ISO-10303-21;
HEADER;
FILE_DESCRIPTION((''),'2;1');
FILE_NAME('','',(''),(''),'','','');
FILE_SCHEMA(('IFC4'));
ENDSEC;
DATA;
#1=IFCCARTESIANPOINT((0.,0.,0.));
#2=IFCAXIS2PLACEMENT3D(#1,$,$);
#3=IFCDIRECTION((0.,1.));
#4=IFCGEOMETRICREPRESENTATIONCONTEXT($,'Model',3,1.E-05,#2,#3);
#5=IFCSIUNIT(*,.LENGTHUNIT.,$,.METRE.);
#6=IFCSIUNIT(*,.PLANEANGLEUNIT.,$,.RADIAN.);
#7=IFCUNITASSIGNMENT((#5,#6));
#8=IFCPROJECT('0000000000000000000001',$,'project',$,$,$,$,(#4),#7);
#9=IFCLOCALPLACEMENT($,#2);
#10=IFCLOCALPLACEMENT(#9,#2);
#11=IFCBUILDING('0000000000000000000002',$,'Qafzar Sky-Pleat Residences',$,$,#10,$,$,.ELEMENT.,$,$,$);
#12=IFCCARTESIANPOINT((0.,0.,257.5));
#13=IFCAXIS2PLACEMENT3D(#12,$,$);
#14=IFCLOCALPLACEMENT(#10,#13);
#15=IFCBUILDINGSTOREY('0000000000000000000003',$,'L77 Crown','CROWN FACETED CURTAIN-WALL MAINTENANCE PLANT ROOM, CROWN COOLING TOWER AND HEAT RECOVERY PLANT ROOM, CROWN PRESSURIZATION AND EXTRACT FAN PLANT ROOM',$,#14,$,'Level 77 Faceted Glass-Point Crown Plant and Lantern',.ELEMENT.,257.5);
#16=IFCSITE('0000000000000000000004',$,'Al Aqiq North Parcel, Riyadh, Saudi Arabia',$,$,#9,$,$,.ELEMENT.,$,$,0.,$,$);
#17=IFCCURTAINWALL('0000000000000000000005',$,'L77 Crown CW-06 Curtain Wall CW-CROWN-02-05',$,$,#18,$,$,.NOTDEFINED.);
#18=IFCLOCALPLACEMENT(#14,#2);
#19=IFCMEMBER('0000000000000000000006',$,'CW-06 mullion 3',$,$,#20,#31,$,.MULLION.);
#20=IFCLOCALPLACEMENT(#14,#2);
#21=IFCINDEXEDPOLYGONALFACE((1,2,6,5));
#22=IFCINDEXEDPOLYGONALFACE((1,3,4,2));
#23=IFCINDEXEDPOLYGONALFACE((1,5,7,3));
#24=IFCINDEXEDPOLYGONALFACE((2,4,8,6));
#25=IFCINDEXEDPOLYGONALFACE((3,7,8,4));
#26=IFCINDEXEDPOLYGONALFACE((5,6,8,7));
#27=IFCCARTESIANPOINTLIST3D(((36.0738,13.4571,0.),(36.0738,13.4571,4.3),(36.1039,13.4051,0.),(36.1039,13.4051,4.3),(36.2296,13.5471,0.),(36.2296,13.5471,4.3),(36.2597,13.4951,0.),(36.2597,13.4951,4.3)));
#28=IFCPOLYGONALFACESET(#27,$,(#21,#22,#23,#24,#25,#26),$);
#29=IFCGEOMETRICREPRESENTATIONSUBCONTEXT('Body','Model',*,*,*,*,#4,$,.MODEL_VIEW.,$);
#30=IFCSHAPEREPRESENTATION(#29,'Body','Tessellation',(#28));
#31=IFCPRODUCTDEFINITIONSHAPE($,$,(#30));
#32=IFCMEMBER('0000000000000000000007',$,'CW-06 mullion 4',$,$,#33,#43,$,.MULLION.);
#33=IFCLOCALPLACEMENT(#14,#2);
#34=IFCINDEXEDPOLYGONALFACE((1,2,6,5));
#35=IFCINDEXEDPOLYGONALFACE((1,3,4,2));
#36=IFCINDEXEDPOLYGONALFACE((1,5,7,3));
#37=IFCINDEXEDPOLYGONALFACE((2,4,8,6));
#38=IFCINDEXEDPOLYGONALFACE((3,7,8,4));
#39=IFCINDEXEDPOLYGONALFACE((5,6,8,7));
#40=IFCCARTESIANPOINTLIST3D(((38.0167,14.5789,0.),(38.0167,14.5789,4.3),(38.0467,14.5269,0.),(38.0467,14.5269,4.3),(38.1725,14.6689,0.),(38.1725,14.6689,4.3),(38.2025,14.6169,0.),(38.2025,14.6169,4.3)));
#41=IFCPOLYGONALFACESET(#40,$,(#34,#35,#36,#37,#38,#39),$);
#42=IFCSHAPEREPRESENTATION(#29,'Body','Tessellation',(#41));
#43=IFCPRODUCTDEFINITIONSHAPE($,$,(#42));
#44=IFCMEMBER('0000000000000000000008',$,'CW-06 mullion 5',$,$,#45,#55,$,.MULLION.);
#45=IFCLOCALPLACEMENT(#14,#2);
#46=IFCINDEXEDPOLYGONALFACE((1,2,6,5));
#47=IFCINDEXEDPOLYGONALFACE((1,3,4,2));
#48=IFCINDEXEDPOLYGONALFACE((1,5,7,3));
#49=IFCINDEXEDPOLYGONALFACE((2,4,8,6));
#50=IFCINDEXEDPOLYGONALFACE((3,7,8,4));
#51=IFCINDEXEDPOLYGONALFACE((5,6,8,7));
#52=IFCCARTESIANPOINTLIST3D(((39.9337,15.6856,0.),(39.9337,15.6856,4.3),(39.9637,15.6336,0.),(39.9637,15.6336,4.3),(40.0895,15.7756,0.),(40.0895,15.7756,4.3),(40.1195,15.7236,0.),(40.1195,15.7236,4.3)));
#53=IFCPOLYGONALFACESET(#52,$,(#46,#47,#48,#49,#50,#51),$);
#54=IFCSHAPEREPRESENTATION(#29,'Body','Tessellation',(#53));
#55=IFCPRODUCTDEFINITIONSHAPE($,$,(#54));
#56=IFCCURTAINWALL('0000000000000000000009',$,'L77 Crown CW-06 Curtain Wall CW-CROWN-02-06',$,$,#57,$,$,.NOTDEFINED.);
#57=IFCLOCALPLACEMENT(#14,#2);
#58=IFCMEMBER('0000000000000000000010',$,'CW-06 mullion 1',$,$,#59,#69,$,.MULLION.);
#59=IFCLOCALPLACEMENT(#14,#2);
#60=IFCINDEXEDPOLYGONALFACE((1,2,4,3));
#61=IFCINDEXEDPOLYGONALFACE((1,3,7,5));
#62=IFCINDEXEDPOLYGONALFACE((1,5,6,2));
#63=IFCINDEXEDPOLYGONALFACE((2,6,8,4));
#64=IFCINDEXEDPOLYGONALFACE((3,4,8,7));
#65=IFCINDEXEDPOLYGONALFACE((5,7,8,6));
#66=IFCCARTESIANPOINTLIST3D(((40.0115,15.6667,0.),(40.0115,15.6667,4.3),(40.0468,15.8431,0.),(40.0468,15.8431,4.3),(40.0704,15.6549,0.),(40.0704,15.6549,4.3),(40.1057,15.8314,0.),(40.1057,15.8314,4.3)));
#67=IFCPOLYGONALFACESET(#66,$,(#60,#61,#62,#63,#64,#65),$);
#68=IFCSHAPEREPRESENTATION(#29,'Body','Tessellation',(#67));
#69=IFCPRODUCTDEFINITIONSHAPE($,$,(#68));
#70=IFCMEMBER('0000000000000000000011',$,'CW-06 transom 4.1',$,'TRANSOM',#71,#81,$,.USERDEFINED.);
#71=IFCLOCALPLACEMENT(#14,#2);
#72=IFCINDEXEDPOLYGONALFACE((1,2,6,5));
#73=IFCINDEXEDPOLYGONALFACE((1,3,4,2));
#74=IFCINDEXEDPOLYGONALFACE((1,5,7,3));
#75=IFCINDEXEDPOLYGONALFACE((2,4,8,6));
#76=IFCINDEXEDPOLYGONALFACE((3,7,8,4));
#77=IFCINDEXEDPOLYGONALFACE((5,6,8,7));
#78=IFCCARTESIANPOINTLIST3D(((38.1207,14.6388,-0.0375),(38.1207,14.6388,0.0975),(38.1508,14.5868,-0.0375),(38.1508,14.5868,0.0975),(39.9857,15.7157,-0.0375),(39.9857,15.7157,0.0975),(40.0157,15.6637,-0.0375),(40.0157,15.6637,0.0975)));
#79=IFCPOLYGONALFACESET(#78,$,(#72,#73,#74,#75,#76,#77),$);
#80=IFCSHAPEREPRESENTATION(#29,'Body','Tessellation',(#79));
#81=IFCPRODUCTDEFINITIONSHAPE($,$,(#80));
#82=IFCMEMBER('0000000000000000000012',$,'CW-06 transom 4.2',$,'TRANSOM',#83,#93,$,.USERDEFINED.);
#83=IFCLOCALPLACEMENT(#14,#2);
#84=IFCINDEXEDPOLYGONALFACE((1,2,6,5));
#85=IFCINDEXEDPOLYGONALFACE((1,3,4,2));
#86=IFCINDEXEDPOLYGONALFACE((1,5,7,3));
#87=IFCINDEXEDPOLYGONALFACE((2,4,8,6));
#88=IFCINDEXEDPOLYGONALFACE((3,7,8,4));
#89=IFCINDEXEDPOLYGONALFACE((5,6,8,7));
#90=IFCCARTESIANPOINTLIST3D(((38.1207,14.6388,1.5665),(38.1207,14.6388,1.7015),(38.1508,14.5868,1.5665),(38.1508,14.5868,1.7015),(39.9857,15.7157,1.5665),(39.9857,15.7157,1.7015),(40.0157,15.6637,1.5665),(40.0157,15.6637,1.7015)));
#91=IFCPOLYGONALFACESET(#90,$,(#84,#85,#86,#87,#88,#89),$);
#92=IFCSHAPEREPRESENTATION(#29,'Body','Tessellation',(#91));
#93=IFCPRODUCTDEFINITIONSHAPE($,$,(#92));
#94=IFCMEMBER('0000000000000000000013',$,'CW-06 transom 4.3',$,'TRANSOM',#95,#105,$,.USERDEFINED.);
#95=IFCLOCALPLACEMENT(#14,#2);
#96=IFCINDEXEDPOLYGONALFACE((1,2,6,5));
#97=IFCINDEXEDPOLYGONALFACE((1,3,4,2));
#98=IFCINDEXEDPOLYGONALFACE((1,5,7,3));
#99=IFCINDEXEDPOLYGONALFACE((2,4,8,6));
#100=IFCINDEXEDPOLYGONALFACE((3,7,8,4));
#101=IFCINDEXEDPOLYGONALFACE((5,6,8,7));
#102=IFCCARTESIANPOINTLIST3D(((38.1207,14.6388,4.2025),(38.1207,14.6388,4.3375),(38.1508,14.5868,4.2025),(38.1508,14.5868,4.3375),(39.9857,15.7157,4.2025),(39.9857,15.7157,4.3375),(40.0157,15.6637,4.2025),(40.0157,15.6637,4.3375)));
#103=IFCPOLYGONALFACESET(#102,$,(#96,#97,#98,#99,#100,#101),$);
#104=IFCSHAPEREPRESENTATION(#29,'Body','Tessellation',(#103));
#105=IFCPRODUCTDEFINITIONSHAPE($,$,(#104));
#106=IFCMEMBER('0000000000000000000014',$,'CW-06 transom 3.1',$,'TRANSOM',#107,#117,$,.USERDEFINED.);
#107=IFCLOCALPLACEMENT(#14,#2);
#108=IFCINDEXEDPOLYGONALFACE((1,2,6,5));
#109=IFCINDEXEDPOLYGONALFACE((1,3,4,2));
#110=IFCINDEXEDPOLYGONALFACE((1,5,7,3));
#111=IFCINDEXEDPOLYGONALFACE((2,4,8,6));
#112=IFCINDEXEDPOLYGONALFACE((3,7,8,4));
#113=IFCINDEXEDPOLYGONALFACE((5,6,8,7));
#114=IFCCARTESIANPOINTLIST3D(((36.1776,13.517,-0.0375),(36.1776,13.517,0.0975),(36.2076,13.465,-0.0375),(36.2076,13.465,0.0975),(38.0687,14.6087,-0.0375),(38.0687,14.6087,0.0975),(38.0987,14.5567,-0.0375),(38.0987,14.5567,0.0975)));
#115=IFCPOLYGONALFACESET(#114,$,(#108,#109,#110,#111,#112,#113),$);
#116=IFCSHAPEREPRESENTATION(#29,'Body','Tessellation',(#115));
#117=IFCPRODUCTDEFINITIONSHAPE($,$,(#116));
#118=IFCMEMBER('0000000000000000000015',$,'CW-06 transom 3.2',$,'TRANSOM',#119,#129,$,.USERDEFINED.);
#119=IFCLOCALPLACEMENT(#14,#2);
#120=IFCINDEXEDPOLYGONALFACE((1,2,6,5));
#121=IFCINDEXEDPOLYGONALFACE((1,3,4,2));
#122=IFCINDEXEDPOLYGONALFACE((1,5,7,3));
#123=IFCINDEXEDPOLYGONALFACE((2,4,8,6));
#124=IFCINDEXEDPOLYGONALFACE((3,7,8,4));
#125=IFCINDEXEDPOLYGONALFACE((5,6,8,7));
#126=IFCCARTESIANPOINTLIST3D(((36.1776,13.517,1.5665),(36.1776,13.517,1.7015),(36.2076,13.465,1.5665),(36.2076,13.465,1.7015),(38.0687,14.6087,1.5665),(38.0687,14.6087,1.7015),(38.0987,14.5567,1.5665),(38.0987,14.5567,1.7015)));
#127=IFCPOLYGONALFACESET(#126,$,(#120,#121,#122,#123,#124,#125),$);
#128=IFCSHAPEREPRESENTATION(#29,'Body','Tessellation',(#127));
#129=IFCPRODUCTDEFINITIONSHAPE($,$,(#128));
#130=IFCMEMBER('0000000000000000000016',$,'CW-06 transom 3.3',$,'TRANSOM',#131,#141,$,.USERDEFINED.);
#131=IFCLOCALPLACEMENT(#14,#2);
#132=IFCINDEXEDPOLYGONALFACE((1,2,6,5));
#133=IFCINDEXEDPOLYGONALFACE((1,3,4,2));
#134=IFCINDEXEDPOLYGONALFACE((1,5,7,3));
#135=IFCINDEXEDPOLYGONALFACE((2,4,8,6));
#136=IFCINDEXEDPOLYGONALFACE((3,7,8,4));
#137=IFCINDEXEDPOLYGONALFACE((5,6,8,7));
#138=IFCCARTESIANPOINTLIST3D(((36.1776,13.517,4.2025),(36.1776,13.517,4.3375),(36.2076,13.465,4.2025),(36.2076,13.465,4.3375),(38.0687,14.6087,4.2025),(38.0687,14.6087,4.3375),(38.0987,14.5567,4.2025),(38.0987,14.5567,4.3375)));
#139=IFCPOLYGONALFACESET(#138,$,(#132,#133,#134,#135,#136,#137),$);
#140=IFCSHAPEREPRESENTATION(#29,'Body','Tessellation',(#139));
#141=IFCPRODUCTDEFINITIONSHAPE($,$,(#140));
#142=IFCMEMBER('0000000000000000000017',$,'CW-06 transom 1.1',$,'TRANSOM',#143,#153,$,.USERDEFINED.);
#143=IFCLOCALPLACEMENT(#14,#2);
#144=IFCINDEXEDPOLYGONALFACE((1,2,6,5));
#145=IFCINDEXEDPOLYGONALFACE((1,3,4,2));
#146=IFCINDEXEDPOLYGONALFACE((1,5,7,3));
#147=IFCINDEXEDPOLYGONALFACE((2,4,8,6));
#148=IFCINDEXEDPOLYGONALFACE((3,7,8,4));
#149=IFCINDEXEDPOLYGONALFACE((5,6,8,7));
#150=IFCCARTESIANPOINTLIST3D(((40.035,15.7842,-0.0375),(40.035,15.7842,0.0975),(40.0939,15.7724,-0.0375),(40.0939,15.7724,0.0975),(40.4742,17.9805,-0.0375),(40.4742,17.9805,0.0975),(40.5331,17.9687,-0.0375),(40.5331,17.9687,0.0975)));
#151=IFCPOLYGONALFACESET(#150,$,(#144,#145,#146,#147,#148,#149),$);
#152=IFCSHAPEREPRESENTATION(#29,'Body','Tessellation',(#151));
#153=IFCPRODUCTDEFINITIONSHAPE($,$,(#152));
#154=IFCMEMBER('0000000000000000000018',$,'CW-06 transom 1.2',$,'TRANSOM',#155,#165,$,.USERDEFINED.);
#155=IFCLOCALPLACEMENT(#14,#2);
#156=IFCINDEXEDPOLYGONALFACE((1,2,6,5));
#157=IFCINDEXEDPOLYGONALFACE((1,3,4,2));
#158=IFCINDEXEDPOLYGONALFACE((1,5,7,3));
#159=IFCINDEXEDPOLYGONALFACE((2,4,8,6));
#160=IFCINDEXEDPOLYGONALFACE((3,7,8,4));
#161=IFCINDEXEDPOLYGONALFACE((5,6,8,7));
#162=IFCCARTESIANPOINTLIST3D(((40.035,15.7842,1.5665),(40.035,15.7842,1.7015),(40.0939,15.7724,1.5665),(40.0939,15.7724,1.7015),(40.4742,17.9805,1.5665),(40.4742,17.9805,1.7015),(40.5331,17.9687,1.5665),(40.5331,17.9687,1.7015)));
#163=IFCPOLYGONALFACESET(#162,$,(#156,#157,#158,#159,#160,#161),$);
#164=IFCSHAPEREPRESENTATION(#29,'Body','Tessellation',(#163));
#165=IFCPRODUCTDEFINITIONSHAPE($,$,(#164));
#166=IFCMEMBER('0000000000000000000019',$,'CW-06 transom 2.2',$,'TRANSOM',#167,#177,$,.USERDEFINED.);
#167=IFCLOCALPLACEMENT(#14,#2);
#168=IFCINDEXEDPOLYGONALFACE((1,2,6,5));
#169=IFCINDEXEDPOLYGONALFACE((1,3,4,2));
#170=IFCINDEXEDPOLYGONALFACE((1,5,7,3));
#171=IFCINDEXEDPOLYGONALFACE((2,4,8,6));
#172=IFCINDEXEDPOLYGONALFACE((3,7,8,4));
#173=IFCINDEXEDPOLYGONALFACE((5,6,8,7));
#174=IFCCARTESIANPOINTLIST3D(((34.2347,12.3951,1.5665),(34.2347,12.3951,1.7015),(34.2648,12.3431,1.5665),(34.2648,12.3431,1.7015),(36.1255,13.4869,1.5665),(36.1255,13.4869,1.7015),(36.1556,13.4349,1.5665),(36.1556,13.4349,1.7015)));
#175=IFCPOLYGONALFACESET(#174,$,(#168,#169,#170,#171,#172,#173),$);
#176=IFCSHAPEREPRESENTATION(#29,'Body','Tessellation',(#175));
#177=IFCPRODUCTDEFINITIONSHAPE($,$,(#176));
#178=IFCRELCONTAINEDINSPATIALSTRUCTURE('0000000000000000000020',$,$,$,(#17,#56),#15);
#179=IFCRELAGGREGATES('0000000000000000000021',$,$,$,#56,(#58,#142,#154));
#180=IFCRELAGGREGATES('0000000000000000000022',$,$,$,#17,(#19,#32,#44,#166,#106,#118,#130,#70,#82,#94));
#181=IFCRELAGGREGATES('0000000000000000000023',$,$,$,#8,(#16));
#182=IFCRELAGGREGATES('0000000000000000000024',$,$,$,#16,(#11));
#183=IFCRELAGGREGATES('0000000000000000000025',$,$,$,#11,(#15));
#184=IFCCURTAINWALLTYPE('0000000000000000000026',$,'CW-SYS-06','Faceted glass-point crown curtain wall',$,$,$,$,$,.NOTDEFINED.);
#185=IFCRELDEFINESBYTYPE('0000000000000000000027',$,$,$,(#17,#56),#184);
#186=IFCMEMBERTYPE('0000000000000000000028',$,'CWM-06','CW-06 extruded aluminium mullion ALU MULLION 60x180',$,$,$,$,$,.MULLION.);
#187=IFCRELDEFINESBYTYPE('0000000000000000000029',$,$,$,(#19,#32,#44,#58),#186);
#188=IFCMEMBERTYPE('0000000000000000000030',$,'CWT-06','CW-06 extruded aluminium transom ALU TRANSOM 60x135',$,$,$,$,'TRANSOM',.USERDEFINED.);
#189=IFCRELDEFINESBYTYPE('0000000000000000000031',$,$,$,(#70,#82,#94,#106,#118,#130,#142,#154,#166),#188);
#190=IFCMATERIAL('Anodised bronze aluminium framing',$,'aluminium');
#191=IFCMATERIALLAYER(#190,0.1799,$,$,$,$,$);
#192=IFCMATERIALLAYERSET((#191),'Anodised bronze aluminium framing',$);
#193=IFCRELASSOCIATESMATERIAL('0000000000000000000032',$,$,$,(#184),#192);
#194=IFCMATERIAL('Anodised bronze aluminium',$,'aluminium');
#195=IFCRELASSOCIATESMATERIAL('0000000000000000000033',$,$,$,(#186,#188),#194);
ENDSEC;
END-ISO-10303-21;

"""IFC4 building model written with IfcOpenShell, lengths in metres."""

from ifc_helpers import new_model, si_unit, direction, frame, origin, origin_2d, place, context, subcontext, project, spatial, rectangle, extrude, source, transform, mapped, material, layer, layer_set, material_profile, profile_set, type_object, element, aggregate, save


model = new_model("IFC4")

# Units and contexts
model_context = context("Model", 3, precision=1e-05, world=origin(), true_north=direction((0.0, 1.0)))
body_context = subcontext(model_context, "Body", "Model", "MODEL_VIEW")
ifc_project = project(units=[si_unit("LENGTHUNIT", "METRE"), si_unit("PLANEANGLEUNIT", "RADIAN")], contexts=[model_context])

# Site, building, storey
site_placement = place(None, origin())
site = spatial("IfcSite", under=ifc_project, at=site_placement, Name="Al Aqiq North Parcel, Riyadh, Saudi Arabia", CompositionType="ELEMENT", RefElevation=0.0)
building_placement = place(site_placement, origin())
building = spatial("IfcBuilding", under=site, at=building_placement, Name="Qafzar Sky-Pleat Residences", CompositionType="ELEMENT")
storey_placement = place(building_placement, frame((0.0, 0.0, 257.5)))
storey = spatial("IfcBuildingStorey", under=building, at=storey_placement, Name="L77 Crown", Description="CROWN FACETED CURTAIN-WALL MAINTENANCE PLANT ROOM, CROWN COOLING TOWER AND HEAT RECOVERY PLANT ROOM, CROWN PRESSURIZATION AND EXTRACT FAN PLANT ROOM", LongName="Level 77 Faceted Glass-Point Crown Plant and Lantern", CompositionType="ELEMENT", Elevation=257.5)

# Curtain wall, members
ifc_material_1 = material(Name="Anodised bronze aluminium framing", Category="aluminium")
ifc_layer_1 = layer(ifc_material_1, 0.1799)
ifc_layer_set_1 = layer_set([ifc_layer_1], Name="Anodised bronze aluminium framing")
curtain_wall_type = type_object("IfcCurtainWallType", Name="CW-SYS-06", Description="Faceted glass-point crown curtain wall", PredefinedType="NOTDEFINED", material=ifc_layer_set_1)
curtain_wall_1_placement = place(storey_placement, origin())
curtain_wall_1 = element("IfcCurtainWall", 1, at=curtain_wall_1_placement, inside=storey, type_object=curtain_wall_type, Name="L77 Crown CW-06 Curtain Wall CW-CROWN-02-05", PredefinedType="NOTDEFINED")
ifc_material_2 = material(Name="Anodised bronze aluminium", Category="aluminium")
ifc_material_profile_1 = material_profile(ifc_material_2, rectangle(XDim=0.0601, YDim=0.1799, at=origin_2d()), Name="ALU MULLION 60x180")
ifc_profile_set_1 = profile_set([ifc_material_profile_1], Name="Anodised bronze aluminium")
member_type_1 = type_object("IfcMemberType", Name="CWM-06", Description="CW-06 extruded aluminium mullion ALU MULLION 60x180", PredefinedType="MULLION", material=ifc_profile_set_1)
shared_shape_1 = source(origin(), body_context, "Body", "SweptSolid", [
    extrude(rectangle(XDim=0.0601, YDim=0.1799, at=origin_2d()), origin(), (0.0, 0.0, 1.0), 4.3),
])
member_1_placement = place(storey_placement, frame((36.1667, 13.4761, 0.0), z_axis=(0.0, 0.0, 1.0), x_axis=(-0.500003, 0.866024, 0.0)))
member_1 = element("IfcMember", 2, at=member_1_placement, type_object=member_type_1, Name="CW-06 mullion 3", PredefinedType="MULLION", context=body_context, shape_type="MappedRepresentation", body=[
    mapped(shared_shape_1, transform((0.0, 0.0, 0.0), x_axis=(1.0, 0.0, 0.0), y_axis=(0.0, 1.0, 0.0), z_axis=(0.0, 0.0, 1.0), scale=1.0)),
])
member_2_placement = place(storey_placement, frame((38.1096, 14.5979, 0.0), z_axis=(0.0, 0.0, 1.0), x_axis=(-0.500003, 0.866024, 0.0)))
member_2 = element("IfcMember", 3, at=member_2_placement, type_object=member_type_1, Name="CW-06 mullion 4", PredefinedType="MULLION", context=body_context, shape_type="MappedRepresentation", body=[
    mapped(shared_shape_1, transform((0.0, 0.0, 0.0), x_axis=(1.0, 0.0, 0.0), y_axis=(0.0, 1.0, 0.0), z_axis=(0.0, 0.0, 1.0), scale=1.0)),
])
member_3_placement = place(storey_placement, frame((40.0266, 15.7046, 0.0), z_axis=(0.0, 0.0, 1.0), x_axis=(-0.500003, 0.866024, 0.0)))
member_3 = element("IfcMember", 4, at=member_3_placement, type_object=member_type_1, Name="CW-06 mullion 5", PredefinedType="MULLION", context=body_context, shape_type="MappedRepresentation", body=[
    mapped(shared_shape_1, transform((0.0, 0.0, 0.0), x_axis=(1.0, 0.0, 0.0), y_axis=(0.0, 1.0, 0.0), z_axis=(0.0, 0.0, 1.0), scale=1.0)),
])

# Curtain wall, member
curtain_wall_2_placement = place(storey_placement, origin())
curtain_wall_2 = element("IfcCurtainWall", 5, at=curtain_wall_2_placement, inside=storey, type_object=curtain_wall_type, Name="L77 Crown CW-06 Curtain Wall CW-CROWN-02-06", PredefinedType="NOTDEFINED")
member_4_placement = place(storey_placement, frame((40.0586, 15.749, 0.0), z_axis=(0.0, 0.0, 1.0), x_axis=(-0.980578, 0.196127, 0.0)))
member_4 = element("IfcMember", 6, at=member_4_placement, type_object=member_type_1, Name="CW-06 mullion 1", PredefinedType="MULLION", context=body_context, shape_type="MappedRepresentation", body=[
    mapped(shared_shape_1, transform((0.0, 0.0, 0.0), x_axis=(1.0, 0.0, 0.0), y_axis=(0.0, 1.0, 0.0), z_axis=(0.0, 0.0, 1.0), scale=1.0)),
])

# Members
ifc_material_profile_2 = material_profile(ifc_material_2, rectangle(XDim=0.0601, YDim=0.135, at=origin_2d()), Name="ALU TRANSOM 60x135")
ifc_profile_set_2 = profile_set([ifc_material_profile_2], Name="Anodised bronze aluminium")
member_type_2 = type_object("IfcMemberType", Name="CWT-06", Description="CW-06 extruded aluminium transom ALU TRANSOM 60x135", ElementType="TRANSOM", PredefinedType="USERDEFINED", material=ifc_profile_set_2)
shared_shape_2 = source(origin(), body_context, "Body", "SweptSolid", [
    extrude(rectangle(XDim=0.0601, YDim=0.135, at=origin_2d()), origin(), (0.0, 0.0, 1.0), 2.1536),
])
member_5_placement = place(storey_placement, frame((38.1357, 14.6128, 0.03), z_axis=(0.865995, 0.500053, 0.0), x_axis=(-0.500053, 0.865995, 0.0)))
member_5 = element("IfcMember", 7, at=member_5_placement, type_object=member_type_2, Name="CW-06 transom 4.1", ObjectType="TRANSOM", PredefinedType="USERDEFINED", context=body_context, shape_type="MappedRepresentation", body=[
    mapped(shared_shape_2, transform((0.0, 0.0, 0.0), x_axis=(1.0, 0.0, 0.0), y_axis=(0.0, 1.0, 0.0), z_axis=(0.0, 0.0, 1.0), scale=1.0)),
])
member_6_placement = place(storey_placement, frame((38.1357, 14.6128, 1.634), z_axis=(0.865995, 0.500053, 0.0), x_axis=(-0.500053, 0.865995, 0.0)))
member_6 = element("IfcMember", 8, at=member_6_placement, type_object=member_type_2, Name="CW-06 transom 4.2", ObjectType="TRANSOM", PredefinedType="USERDEFINED", context=body_context, shape_type="MappedRepresentation", body=[
    mapped(shared_shape_2, transform((0.0, 0.0, 0.0), x_axis=(1.0, 0.0, 0.0), y_axis=(0.0, 1.0, 0.0), z_axis=(0.0, 0.0, 1.0), scale=1.0)),
])
member_7_placement = place(storey_placement, frame((38.1357, 14.6128, 4.27), z_axis=(0.865995, 0.500053, 0.0), x_axis=(-0.500053, 0.865995, 0.0)))
member_7 = element("IfcMember", 9, at=member_7_placement, type_object=member_type_2, Name="CW-06 transom 4.3", ObjectType="TRANSOM", PredefinedType="USERDEFINED", context=body_context, shape_type="MappedRepresentation", body=[
    mapped(shared_shape_2, transform((0.0, 0.0, 0.0), x_axis=(1.0, 0.0, 0.0), y_axis=(0.0, 1.0, 0.0), z_axis=(0.0, 0.0, 1.0), scale=1.0)),
])
shared_shape_3 = source(origin(), body_context, "Body", "SweptSolid", [
    extrude(rectangle(XDim=0.0601, YDim=0.135, at=origin_2d()), origin(), (0.0, 0.0, 1.0), 2.1836),
])
member_8_placement = place(storey_placement, frame((36.1926, 13.491, 0.03), z_axis=(0.866033, 0.499987, 0.0), x_axis=(-0.499987, 0.866033, 0.0)))
member_8 = element("IfcMember", 10, at=member_8_placement, type_object=member_type_2, Name="CW-06 transom 3.1", ObjectType="TRANSOM", PredefinedType="USERDEFINED", context=body_context, shape_type="MappedRepresentation", body=[
    mapped(shared_shape_3, transform((0.0, 0.0, 0.0), x_axis=(1.0, 0.0, 0.0), y_axis=(0.0, 1.0, 0.0), z_axis=(0.0, 0.0, 1.0), scale=1.0)),
])
member_9_placement = place(storey_placement, frame((36.1926, 13.491, 1.634), z_axis=(0.866033, 0.499987, 0.0), x_axis=(-0.499987, 0.866033, 0.0)))
member_9 = element("IfcMember", 11, at=member_9_placement, type_object=member_type_2, Name="CW-06 transom 3.2", ObjectType="TRANSOM", PredefinedType="USERDEFINED", context=body_context, shape_type="MappedRepresentation", body=[
    mapped(shared_shape_3, transform((0.0, 0.0, 0.0), x_axis=(1.0, 0.0, 0.0), y_axis=(0.0, 1.0, 0.0), z_axis=(0.0, 0.0, 1.0), scale=1.0)),
])
member_10_placement = place(storey_placement, frame((36.1926, 13.491, 4.27), z_axis=(0.866033, 0.499987, 0.0), x_axis=(-0.499987, 0.866033, 0.0)))
member_10 = element("IfcMember", 12, at=member_10_placement, type_object=member_type_2, Name="CW-06 transom 3.3", ObjectType="TRANSOM", PredefinedType="USERDEFINED", context=body_context, shape_type="MappedRepresentation", body=[
    mapped(shared_shape_3, transform((0.0, 0.0, 0.0), x_axis=(1.0, 0.0, 0.0), y_axis=(0.0, 1.0, 0.0), z_axis=(0.0, 0.0, 1.0), scale=1.0)),
])
shared_shape_4 = source(origin(), body_context, "Body", "SweptSolid", [
    extrude(rectangle(XDim=0.0601, YDim=0.135, at=origin_2d()), origin(), (0.0, 0.0, 1.0), 2.2397),
])
member_11_placement = place(storey_placement, frame((40.0645, 15.7783, 0.03), z_axis=(0.196095, 0.980585, 0.0), x_axis=(-0.980585, 0.196095, 0.0)))
member_11 = element("IfcMember", 13, at=member_11_placement, type_object=member_type_2, Name="CW-06 transom 1.1", ObjectType="TRANSOM", PredefinedType="USERDEFINED", context=body_context, shape_type="MappedRepresentation", body=[
    mapped(shared_shape_4, transform((0.0, 0.0, 0.0), x_axis=(1.0, 0.0, 0.0), y_axis=(0.0, 1.0, 0.0), z_axis=(0.0, 0.0, 1.0), scale=1.0)),
])
member_12_placement = place(storey_placement, frame((40.0645, 15.7783, 1.634), z_axis=(0.196095, 0.980585, 0.0), x_axis=(-0.980585, 0.196095, 0.0)))
member_12 = element("IfcMember", 14, at=member_12_placement, type_object=member_type_2, Name="CW-06 transom 1.2", ObjectType="TRANSOM", PredefinedType="USERDEFINED", context=body_context, shape_type="MappedRepresentation", body=[
    mapped(shared_shape_4, transform((0.0, 0.0, 0.0), x_axis=(1.0, 0.0, 0.0), y_axis=(0.0, 1.0, 0.0), z_axis=(0.0, 0.0, 1.0), scale=1.0)),
])
aggregate(curtain_wall_2, [member_4, member_11, member_12])
shared_shape_5 = source(origin(), body_context, "Body", "SweptSolid", [
    extrude(rectangle(XDim=0.0601, YDim=0.135, at=origin_2d()), origin(), (0.0, 0.0, 1.0), 2.1833),
])
member_13_placement = place(storey_placement, frame((34.2498, 12.3691, 1.634), z_axis=(0.866005, 0.500035, 0.0), x_axis=(-0.500035, 0.866005, 0.0)))
member_13 = element("IfcMember", 15, at=member_13_placement, type_object=member_type_2, Name="CW-06 transom 2.2", ObjectType="TRANSOM", PredefinedType="USERDEFINED", context=body_context, shape_type="MappedRepresentation", body=[
    mapped(shared_shape_5, transform((0.0, 0.0, 0.0), x_axis=(1.0, 0.0, 0.0), y_axis=(0.0, 1.0, 0.0), z_axis=(0.0, 0.0, 1.0), scale=1.0)),
])

aggregate(curtain_wall_1, [member_1, member_2, member_3, member_13, member_8, member_9, member_10, member_5, member_6, member_7])

save(model, "model.ifc")
